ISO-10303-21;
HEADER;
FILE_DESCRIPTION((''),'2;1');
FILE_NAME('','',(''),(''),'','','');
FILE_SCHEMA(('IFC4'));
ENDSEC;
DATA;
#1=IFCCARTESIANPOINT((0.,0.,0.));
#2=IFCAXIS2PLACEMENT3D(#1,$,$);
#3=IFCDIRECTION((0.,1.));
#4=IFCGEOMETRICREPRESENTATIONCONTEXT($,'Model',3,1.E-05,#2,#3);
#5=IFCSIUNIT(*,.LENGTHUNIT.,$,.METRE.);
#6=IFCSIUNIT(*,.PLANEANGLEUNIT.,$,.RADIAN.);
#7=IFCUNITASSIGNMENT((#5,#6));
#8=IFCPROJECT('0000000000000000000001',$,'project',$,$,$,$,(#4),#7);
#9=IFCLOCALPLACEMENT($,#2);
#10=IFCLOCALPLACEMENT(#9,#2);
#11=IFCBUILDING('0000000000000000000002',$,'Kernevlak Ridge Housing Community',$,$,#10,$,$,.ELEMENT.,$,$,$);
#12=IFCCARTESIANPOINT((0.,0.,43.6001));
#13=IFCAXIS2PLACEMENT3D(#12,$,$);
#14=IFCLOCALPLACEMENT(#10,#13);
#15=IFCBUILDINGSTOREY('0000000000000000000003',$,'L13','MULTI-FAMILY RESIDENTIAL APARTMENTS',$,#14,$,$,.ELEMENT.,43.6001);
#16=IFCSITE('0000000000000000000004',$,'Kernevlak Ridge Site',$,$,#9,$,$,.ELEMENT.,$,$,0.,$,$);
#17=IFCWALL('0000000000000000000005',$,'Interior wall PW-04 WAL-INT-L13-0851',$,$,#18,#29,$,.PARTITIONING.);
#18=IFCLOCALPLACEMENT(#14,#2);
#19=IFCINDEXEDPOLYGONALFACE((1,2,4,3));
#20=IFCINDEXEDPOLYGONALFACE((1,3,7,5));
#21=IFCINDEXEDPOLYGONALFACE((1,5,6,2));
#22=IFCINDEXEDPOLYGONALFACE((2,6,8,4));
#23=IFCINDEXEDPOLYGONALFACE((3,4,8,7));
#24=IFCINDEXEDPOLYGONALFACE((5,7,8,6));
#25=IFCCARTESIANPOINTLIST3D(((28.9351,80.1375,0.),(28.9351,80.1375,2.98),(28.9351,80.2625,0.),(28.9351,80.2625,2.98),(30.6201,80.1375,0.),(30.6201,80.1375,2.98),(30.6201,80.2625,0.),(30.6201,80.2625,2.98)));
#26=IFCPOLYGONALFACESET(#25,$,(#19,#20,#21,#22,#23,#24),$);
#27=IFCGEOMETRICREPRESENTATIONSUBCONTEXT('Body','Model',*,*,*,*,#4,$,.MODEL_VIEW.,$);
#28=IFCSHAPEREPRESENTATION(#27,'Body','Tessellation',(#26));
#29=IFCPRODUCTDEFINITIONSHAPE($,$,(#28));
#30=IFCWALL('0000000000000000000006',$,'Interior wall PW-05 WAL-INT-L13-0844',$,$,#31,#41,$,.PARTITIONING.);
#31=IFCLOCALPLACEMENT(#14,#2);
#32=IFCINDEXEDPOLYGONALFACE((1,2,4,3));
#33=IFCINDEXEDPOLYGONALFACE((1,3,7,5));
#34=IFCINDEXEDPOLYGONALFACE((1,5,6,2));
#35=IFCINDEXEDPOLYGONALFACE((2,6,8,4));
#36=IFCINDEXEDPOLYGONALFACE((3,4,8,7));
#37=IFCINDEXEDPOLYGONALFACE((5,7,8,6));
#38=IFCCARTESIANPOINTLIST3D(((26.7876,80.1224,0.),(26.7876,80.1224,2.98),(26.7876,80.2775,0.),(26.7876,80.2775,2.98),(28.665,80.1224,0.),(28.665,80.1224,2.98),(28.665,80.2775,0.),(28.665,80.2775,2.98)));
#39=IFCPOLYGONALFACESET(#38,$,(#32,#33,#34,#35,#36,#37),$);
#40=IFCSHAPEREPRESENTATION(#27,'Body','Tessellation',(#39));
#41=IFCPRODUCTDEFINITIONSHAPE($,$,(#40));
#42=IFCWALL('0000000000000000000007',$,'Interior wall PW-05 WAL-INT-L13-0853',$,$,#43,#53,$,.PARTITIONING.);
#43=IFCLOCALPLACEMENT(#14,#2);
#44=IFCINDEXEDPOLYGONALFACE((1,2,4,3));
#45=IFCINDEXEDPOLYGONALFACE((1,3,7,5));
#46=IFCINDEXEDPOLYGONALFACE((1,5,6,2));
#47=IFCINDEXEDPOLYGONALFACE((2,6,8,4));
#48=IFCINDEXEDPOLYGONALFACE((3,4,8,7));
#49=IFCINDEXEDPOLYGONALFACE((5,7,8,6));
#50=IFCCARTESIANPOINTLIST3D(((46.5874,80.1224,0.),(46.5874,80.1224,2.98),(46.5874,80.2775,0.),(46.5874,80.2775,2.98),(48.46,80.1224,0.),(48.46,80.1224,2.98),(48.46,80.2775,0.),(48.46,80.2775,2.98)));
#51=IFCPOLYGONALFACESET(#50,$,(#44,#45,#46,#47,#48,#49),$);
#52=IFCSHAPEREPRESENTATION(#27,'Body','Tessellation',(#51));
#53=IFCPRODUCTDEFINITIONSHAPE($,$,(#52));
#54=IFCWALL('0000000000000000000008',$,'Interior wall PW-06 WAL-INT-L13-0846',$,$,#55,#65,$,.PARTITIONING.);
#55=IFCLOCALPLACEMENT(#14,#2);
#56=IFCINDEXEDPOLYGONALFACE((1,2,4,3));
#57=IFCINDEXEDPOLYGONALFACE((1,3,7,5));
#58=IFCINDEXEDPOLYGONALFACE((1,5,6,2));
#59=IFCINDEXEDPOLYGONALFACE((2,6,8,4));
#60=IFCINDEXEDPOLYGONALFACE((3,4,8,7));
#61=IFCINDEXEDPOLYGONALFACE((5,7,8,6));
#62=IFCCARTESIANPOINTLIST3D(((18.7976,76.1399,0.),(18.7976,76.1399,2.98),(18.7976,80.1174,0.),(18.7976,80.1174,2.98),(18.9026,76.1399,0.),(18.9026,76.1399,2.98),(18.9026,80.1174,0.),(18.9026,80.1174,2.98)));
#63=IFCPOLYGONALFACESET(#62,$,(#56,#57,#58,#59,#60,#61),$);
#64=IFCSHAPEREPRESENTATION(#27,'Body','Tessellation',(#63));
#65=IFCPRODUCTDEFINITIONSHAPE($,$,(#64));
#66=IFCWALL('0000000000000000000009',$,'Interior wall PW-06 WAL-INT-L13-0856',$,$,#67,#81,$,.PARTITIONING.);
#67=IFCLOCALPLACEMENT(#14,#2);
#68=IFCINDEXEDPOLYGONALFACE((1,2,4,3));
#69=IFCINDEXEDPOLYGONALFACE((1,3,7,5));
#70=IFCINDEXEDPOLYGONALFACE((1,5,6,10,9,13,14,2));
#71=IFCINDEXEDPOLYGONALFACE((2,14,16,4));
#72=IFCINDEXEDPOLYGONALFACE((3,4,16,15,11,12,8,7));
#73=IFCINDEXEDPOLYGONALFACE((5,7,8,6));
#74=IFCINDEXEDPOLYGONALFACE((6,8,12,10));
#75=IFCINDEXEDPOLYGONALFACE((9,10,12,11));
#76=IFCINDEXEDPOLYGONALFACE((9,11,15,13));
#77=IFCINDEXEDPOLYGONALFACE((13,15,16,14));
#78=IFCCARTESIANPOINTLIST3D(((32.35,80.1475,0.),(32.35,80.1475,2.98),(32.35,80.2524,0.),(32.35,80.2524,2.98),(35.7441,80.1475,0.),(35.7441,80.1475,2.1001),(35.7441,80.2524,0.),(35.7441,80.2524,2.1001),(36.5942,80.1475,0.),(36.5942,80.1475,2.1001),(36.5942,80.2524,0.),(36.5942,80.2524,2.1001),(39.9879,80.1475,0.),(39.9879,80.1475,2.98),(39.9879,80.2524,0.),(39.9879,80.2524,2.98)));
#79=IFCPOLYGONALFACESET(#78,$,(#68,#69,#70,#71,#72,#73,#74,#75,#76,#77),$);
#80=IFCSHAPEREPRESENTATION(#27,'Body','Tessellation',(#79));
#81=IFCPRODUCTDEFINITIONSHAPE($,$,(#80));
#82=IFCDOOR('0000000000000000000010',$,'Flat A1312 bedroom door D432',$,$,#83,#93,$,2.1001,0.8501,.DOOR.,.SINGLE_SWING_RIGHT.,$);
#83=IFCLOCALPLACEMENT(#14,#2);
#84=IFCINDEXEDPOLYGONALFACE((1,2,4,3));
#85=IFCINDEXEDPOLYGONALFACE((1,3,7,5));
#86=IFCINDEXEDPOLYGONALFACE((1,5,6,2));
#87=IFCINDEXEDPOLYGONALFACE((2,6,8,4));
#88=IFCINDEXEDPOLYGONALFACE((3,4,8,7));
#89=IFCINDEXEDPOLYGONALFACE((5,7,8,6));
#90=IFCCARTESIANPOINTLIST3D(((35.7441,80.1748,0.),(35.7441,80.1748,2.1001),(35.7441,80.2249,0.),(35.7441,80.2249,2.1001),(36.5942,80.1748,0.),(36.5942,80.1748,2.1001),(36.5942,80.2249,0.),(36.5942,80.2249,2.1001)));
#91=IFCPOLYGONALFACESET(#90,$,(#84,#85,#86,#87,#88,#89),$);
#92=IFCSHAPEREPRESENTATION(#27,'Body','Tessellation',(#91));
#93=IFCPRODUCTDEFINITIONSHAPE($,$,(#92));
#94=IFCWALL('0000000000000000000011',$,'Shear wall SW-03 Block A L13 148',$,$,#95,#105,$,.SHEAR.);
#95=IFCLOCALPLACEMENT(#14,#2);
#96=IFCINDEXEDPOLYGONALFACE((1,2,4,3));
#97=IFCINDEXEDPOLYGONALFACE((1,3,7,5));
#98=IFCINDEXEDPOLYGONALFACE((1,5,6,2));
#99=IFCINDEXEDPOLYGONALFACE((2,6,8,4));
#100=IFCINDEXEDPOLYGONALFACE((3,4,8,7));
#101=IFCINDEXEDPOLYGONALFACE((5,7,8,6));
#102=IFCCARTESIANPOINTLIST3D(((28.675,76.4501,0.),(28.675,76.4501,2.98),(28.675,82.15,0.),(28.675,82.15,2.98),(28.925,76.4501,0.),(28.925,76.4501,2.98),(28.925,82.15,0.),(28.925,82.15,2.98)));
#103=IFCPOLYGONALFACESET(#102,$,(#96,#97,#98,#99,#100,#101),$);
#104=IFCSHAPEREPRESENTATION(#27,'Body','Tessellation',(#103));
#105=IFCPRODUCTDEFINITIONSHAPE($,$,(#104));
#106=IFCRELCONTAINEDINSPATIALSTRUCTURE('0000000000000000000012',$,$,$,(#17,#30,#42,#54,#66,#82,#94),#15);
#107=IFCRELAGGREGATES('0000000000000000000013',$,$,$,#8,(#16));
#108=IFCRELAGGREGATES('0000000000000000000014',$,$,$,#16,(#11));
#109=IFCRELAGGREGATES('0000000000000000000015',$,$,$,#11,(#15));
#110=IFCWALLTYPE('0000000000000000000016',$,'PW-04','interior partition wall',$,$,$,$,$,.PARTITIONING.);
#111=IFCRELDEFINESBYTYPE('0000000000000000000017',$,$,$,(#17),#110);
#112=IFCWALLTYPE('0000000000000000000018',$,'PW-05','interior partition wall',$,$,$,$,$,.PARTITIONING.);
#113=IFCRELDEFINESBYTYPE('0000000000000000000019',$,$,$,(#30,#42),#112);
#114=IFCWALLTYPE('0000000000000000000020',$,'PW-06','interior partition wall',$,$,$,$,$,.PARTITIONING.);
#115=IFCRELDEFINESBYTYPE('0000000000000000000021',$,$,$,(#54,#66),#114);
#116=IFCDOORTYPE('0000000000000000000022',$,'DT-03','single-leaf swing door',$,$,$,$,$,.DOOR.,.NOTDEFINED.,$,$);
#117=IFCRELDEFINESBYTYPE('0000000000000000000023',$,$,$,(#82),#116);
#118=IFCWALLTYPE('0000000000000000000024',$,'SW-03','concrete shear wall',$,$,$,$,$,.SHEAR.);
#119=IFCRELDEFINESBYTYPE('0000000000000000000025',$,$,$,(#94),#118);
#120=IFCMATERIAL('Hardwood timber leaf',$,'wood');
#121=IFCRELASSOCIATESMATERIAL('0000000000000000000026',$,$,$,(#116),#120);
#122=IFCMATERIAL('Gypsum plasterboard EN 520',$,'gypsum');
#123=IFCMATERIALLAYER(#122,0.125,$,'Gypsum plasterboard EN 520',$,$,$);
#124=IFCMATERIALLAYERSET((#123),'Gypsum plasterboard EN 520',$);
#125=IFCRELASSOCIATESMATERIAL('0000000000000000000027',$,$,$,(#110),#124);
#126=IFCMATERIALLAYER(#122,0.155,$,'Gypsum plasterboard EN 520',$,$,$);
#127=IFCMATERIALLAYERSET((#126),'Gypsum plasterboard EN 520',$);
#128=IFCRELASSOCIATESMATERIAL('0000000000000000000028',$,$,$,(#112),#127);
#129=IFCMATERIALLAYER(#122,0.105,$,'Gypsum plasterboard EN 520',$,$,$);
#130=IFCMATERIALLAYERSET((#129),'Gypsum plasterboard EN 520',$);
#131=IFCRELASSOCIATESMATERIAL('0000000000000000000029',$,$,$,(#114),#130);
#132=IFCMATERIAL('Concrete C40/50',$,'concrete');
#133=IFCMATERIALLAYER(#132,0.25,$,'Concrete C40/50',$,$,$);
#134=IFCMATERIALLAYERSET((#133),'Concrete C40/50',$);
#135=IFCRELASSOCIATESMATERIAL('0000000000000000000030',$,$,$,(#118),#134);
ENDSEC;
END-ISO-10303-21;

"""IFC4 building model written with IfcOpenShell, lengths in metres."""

from ifc_helpers import new_model, si_unit, direction, frame, frame_2d, origin, place, context, subcontext, project, spatial, rectangle, extrude, material, layer, layer_set, type_object, element, fill, save


model = new_model("IFC4")

# Units and contexts
model_context = context("Model", 3, precision=1e-05, world=origin(), true_north=direction((0.0, 1.0)))
body_context = subcontext(model_context, "Body", "Model", "MODEL_VIEW")
ifc_project = project(units=[si_unit("LENGTHUNIT", "METRE"), si_unit("PLANEANGLEUNIT", "RADIAN")], contexts=[model_context])

# Site, building, storey
site_placement = place(None, origin())
site = spatial("IfcSite", under=ifc_project, at=site_placement, Name="Kernevlak Ridge Site", CompositionType="ELEMENT", RefElevation=0.0)
building_placement = place(site_placement, origin())
building = spatial("IfcBuilding", under=site, at=building_placement, Name="Kernevlak Ridge Housing Community", CompositionType="ELEMENT")
storey_placement = place(building_placement, frame((0.0, 0.0, 43.6001)))
storey = spatial("IfcBuildingStorey", under=building, at=storey_placement, Name="L13", Description="MULTI-FAMILY RESIDENTIAL APARTMENTS", CompositionType="ELEMENT", Elevation=43.6001)

# Shared definitions
ifc_material_1 = material(Name="Hardwood timber leaf", Category="wood")
door_type_1 = type_object("IfcDoorType", Name="DT-03", Description="single-leaf swing door", OperationType="NOTDEFINED", PredefinedType="DOOR", material=ifc_material_1)

# Walls
ifc_material_2 = material(Name="Gypsum plasterboard EN 520", Category="gypsum")
ifc_layer_1 = layer(ifc_material_2, 0.125, Name="Gypsum plasterboard EN 520")
ifc_layer_set_1 = layer_set([ifc_layer_1], Name="Gypsum plasterboard EN 520")
wall_type_1 = type_object("IfcWallType", Name="PW-04", Description="interior partition wall", PredefinedType="PARTITIONING", material=ifc_layer_set_1)
wall_1_placement = place(storey_placement, frame((28.9351, 80.2, 0.0), z_axis=(0.0, 0.0, 1.0), x_axis=(1.0, 0.0, 0.0)))
element("IfcWall", 1, at=wall_1_placement, inside=storey, type_object=wall_type_1, Name="Interior wall PW-04 WAL-INT-L13-0851", PredefinedType="PARTITIONING", context=body_context, shape_type="SweptSolid", body=[
    extrude(rectangle(XDim=1.6851, YDim=0.125, at=frame_2d((0.8425, 0.0))), origin(), (0.0, 0.0, 1.0), 2.98),
])
ifc_layer_2 = layer(ifc_material_2, 0.155, Name="Gypsum plasterboard EN 520")
ifc_layer_set_2 = layer_set([ifc_layer_2], Name="Gypsum plasterboard EN 520")
wall_type_2 = type_object("IfcWallType", Name="PW-05", Description="interior partition wall", PredefinedType="PARTITIONING", material=ifc_layer_set_2)
wall_2_placement = place(storey_placement, frame((26.7876, 80.2, 0.0), z_axis=(0.0, 0.0, 1.0), x_axis=(1.0, 0.0, 0.0)))
element("IfcWall", 2, at=wall_2_placement, inside=storey, type_object=wall_type_2, Name="Interior wall PW-05 WAL-INT-L13-0844", PredefinedType="PARTITIONING", context=body_context, shape_type="SweptSolid", body=[
    extrude(rectangle(XDim=1.8774, YDim=0.155, at=frame_2d((0.9387, 0.0))), origin(), (0.0, 0.0, 1.0), 2.98),
])
wall_3_placement = place(storey_placement, frame((46.5874, 80.2, 0.0), z_axis=(0.0, 0.0, 1.0), x_axis=(1.0, 0.0, 0.0)))
element("IfcWall", 3, at=wall_3_placement, inside=storey, type_object=wall_type_2, Name="Interior wall PW-05 WAL-INT-L13-0853", PredefinedType="PARTITIONING", context=body_context, shape_type="SweptSolid", body=[
    extrude(rectangle(XDim=1.8726, YDim=0.155, at=frame_2d((0.9363, 0.0))), origin(), (0.0, 0.0, 1.0), 2.98),
])
ifc_layer_3 = layer(ifc_material_2, 0.105, Name="Gypsum plasterboard EN 520")
ifc_layer_set_3 = layer_set([ifc_layer_3], Name="Gypsum plasterboard EN 520")
wall_type_3 = type_object("IfcWallType", Name="PW-06", Description="interior partition wall", PredefinedType="PARTITIONING", material=ifc_layer_set_3)
wall_4_placement = place(storey_placement, frame((18.8501, 80.1174, 0.0), z_axis=(0.0, 0.0, 1.0), x_axis=(0.0, -1.0, 0.0)))
element("IfcWall", 4, at=wall_4_placement, inside=storey, type_object=wall_type_3, Name="Interior wall PW-06 WAL-INT-L13-0846", PredefinedType="PARTITIONING", context=body_context, shape_type="SweptSolid", body=[
    extrude(rectangle(XDim=3.9775, YDim=0.105, at=frame_2d((1.9888, 0.0))), origin(), (0.0, 0.0, 1.0), 2.98),
])

# Wall, opening, door
wall_5_placement = place(storey_placement, frame((32.3501, 80.2, 0.0), z_axis=(0.0, 0.0, 1.0), x_axis=(1.0, 0.0, 0.0)))
wall_5 = element("IfcWall", 5, at=wall_5_placement, inside=storey, type_object=wall_type_3, Name="Interior wall PW-06 WAL-INT-L13-0856", PredefinedType="PARTITIONING", context=body_context, shape_type="SweptSolid", body=[
    extrude(rectangle(XDim=7.6379, YDim=0.105, at=frame_2d((3.8188, 0.0))), origin(), (0.0, 0.0, 1.0), 2.98),
])
opening_1_placement = place(wall_5_placement, frame((3.394, 0.0, 0.0)))
opening_1 = element("IfcOpeningElement", 6, at=opening_1_placement, cuts=wall_5, PredefinedType="OPENING", context=body_context, shape_type="SweptSolid", body=[
    extrude(rectangle(XDim=0.8501, YDim=2.1001, at=frame_2d((0.425, 1.05))), frame((0.0, 0.0625, 0.0), z_axis=(0.0, -1.0, 0.0), x_axis=(1.0, 0.0, 0.0)), (0.0, 0.0, 1.0), 0.125),
])
door_1_placement = place(opening_1_placement, origin())
door_1 = element("IfcDoor", 7, at=door_1_placement, inside=storey, type_object=door_type_1, Name="Flat A1312 bedroom door D432", OperationType="SINGLE_SWING_RIGHT", OverallHeight=2.1001, OverallWidth=0.8501, PredefinedType="DOOR", context=body_context, shape_type="SweptSolid", body=[
    extrude(rectangle(XDim=0.8501, YDim=2.1001, at=frame_2d((0.425, 1.05))), frame((0.0, 0.0249, 0.0), z_axis=(0.0, -1.0, 0.0), x_axis=(1.0, 0.0, 0.0)), (0.0, 0.0, 1.0), 0.05),
])
fill(opening_1, door_1)

# Wall
ifc_material_3 = material(Name="Concrete C40/50", Category="concrete")
ifc_layer_4 = layer(ifc_material_3, 0.25, Name="Concrete C40/50")
ifc_layer_set_4 = layer_set([ifc_layer_4], Name="Concrete C40/50")
wall_type_4 = type_object("IfcWallType", Name="SW-03", Description="concrete shear wall", PredefinedType="SHEAR", material=ifc_layer_set_4)
wall_6_placement = place(storey_placement, frame((28.8, 76.45, 0.0), z_axis=(0.0, 0.0, 1.0), x_axis=(0.0, 1.0, 0.0)))
element("IfcWall", 8, at=wall_6_placement, inside=storey, type_object=wall_type_4, Name="Shear wall SW-03 Block A L13 148", PredefinedType="SHEAR", context=body_context, shape_type="SweptSolid", body=[
    extrude(rectangle(XDim=5.7, YDim=0.25, at=frame_2d((2.8501, 0.0))), origin(), (0.0, 0.0, 1.0), 2.98),
])

save(model, "model.ifc")
